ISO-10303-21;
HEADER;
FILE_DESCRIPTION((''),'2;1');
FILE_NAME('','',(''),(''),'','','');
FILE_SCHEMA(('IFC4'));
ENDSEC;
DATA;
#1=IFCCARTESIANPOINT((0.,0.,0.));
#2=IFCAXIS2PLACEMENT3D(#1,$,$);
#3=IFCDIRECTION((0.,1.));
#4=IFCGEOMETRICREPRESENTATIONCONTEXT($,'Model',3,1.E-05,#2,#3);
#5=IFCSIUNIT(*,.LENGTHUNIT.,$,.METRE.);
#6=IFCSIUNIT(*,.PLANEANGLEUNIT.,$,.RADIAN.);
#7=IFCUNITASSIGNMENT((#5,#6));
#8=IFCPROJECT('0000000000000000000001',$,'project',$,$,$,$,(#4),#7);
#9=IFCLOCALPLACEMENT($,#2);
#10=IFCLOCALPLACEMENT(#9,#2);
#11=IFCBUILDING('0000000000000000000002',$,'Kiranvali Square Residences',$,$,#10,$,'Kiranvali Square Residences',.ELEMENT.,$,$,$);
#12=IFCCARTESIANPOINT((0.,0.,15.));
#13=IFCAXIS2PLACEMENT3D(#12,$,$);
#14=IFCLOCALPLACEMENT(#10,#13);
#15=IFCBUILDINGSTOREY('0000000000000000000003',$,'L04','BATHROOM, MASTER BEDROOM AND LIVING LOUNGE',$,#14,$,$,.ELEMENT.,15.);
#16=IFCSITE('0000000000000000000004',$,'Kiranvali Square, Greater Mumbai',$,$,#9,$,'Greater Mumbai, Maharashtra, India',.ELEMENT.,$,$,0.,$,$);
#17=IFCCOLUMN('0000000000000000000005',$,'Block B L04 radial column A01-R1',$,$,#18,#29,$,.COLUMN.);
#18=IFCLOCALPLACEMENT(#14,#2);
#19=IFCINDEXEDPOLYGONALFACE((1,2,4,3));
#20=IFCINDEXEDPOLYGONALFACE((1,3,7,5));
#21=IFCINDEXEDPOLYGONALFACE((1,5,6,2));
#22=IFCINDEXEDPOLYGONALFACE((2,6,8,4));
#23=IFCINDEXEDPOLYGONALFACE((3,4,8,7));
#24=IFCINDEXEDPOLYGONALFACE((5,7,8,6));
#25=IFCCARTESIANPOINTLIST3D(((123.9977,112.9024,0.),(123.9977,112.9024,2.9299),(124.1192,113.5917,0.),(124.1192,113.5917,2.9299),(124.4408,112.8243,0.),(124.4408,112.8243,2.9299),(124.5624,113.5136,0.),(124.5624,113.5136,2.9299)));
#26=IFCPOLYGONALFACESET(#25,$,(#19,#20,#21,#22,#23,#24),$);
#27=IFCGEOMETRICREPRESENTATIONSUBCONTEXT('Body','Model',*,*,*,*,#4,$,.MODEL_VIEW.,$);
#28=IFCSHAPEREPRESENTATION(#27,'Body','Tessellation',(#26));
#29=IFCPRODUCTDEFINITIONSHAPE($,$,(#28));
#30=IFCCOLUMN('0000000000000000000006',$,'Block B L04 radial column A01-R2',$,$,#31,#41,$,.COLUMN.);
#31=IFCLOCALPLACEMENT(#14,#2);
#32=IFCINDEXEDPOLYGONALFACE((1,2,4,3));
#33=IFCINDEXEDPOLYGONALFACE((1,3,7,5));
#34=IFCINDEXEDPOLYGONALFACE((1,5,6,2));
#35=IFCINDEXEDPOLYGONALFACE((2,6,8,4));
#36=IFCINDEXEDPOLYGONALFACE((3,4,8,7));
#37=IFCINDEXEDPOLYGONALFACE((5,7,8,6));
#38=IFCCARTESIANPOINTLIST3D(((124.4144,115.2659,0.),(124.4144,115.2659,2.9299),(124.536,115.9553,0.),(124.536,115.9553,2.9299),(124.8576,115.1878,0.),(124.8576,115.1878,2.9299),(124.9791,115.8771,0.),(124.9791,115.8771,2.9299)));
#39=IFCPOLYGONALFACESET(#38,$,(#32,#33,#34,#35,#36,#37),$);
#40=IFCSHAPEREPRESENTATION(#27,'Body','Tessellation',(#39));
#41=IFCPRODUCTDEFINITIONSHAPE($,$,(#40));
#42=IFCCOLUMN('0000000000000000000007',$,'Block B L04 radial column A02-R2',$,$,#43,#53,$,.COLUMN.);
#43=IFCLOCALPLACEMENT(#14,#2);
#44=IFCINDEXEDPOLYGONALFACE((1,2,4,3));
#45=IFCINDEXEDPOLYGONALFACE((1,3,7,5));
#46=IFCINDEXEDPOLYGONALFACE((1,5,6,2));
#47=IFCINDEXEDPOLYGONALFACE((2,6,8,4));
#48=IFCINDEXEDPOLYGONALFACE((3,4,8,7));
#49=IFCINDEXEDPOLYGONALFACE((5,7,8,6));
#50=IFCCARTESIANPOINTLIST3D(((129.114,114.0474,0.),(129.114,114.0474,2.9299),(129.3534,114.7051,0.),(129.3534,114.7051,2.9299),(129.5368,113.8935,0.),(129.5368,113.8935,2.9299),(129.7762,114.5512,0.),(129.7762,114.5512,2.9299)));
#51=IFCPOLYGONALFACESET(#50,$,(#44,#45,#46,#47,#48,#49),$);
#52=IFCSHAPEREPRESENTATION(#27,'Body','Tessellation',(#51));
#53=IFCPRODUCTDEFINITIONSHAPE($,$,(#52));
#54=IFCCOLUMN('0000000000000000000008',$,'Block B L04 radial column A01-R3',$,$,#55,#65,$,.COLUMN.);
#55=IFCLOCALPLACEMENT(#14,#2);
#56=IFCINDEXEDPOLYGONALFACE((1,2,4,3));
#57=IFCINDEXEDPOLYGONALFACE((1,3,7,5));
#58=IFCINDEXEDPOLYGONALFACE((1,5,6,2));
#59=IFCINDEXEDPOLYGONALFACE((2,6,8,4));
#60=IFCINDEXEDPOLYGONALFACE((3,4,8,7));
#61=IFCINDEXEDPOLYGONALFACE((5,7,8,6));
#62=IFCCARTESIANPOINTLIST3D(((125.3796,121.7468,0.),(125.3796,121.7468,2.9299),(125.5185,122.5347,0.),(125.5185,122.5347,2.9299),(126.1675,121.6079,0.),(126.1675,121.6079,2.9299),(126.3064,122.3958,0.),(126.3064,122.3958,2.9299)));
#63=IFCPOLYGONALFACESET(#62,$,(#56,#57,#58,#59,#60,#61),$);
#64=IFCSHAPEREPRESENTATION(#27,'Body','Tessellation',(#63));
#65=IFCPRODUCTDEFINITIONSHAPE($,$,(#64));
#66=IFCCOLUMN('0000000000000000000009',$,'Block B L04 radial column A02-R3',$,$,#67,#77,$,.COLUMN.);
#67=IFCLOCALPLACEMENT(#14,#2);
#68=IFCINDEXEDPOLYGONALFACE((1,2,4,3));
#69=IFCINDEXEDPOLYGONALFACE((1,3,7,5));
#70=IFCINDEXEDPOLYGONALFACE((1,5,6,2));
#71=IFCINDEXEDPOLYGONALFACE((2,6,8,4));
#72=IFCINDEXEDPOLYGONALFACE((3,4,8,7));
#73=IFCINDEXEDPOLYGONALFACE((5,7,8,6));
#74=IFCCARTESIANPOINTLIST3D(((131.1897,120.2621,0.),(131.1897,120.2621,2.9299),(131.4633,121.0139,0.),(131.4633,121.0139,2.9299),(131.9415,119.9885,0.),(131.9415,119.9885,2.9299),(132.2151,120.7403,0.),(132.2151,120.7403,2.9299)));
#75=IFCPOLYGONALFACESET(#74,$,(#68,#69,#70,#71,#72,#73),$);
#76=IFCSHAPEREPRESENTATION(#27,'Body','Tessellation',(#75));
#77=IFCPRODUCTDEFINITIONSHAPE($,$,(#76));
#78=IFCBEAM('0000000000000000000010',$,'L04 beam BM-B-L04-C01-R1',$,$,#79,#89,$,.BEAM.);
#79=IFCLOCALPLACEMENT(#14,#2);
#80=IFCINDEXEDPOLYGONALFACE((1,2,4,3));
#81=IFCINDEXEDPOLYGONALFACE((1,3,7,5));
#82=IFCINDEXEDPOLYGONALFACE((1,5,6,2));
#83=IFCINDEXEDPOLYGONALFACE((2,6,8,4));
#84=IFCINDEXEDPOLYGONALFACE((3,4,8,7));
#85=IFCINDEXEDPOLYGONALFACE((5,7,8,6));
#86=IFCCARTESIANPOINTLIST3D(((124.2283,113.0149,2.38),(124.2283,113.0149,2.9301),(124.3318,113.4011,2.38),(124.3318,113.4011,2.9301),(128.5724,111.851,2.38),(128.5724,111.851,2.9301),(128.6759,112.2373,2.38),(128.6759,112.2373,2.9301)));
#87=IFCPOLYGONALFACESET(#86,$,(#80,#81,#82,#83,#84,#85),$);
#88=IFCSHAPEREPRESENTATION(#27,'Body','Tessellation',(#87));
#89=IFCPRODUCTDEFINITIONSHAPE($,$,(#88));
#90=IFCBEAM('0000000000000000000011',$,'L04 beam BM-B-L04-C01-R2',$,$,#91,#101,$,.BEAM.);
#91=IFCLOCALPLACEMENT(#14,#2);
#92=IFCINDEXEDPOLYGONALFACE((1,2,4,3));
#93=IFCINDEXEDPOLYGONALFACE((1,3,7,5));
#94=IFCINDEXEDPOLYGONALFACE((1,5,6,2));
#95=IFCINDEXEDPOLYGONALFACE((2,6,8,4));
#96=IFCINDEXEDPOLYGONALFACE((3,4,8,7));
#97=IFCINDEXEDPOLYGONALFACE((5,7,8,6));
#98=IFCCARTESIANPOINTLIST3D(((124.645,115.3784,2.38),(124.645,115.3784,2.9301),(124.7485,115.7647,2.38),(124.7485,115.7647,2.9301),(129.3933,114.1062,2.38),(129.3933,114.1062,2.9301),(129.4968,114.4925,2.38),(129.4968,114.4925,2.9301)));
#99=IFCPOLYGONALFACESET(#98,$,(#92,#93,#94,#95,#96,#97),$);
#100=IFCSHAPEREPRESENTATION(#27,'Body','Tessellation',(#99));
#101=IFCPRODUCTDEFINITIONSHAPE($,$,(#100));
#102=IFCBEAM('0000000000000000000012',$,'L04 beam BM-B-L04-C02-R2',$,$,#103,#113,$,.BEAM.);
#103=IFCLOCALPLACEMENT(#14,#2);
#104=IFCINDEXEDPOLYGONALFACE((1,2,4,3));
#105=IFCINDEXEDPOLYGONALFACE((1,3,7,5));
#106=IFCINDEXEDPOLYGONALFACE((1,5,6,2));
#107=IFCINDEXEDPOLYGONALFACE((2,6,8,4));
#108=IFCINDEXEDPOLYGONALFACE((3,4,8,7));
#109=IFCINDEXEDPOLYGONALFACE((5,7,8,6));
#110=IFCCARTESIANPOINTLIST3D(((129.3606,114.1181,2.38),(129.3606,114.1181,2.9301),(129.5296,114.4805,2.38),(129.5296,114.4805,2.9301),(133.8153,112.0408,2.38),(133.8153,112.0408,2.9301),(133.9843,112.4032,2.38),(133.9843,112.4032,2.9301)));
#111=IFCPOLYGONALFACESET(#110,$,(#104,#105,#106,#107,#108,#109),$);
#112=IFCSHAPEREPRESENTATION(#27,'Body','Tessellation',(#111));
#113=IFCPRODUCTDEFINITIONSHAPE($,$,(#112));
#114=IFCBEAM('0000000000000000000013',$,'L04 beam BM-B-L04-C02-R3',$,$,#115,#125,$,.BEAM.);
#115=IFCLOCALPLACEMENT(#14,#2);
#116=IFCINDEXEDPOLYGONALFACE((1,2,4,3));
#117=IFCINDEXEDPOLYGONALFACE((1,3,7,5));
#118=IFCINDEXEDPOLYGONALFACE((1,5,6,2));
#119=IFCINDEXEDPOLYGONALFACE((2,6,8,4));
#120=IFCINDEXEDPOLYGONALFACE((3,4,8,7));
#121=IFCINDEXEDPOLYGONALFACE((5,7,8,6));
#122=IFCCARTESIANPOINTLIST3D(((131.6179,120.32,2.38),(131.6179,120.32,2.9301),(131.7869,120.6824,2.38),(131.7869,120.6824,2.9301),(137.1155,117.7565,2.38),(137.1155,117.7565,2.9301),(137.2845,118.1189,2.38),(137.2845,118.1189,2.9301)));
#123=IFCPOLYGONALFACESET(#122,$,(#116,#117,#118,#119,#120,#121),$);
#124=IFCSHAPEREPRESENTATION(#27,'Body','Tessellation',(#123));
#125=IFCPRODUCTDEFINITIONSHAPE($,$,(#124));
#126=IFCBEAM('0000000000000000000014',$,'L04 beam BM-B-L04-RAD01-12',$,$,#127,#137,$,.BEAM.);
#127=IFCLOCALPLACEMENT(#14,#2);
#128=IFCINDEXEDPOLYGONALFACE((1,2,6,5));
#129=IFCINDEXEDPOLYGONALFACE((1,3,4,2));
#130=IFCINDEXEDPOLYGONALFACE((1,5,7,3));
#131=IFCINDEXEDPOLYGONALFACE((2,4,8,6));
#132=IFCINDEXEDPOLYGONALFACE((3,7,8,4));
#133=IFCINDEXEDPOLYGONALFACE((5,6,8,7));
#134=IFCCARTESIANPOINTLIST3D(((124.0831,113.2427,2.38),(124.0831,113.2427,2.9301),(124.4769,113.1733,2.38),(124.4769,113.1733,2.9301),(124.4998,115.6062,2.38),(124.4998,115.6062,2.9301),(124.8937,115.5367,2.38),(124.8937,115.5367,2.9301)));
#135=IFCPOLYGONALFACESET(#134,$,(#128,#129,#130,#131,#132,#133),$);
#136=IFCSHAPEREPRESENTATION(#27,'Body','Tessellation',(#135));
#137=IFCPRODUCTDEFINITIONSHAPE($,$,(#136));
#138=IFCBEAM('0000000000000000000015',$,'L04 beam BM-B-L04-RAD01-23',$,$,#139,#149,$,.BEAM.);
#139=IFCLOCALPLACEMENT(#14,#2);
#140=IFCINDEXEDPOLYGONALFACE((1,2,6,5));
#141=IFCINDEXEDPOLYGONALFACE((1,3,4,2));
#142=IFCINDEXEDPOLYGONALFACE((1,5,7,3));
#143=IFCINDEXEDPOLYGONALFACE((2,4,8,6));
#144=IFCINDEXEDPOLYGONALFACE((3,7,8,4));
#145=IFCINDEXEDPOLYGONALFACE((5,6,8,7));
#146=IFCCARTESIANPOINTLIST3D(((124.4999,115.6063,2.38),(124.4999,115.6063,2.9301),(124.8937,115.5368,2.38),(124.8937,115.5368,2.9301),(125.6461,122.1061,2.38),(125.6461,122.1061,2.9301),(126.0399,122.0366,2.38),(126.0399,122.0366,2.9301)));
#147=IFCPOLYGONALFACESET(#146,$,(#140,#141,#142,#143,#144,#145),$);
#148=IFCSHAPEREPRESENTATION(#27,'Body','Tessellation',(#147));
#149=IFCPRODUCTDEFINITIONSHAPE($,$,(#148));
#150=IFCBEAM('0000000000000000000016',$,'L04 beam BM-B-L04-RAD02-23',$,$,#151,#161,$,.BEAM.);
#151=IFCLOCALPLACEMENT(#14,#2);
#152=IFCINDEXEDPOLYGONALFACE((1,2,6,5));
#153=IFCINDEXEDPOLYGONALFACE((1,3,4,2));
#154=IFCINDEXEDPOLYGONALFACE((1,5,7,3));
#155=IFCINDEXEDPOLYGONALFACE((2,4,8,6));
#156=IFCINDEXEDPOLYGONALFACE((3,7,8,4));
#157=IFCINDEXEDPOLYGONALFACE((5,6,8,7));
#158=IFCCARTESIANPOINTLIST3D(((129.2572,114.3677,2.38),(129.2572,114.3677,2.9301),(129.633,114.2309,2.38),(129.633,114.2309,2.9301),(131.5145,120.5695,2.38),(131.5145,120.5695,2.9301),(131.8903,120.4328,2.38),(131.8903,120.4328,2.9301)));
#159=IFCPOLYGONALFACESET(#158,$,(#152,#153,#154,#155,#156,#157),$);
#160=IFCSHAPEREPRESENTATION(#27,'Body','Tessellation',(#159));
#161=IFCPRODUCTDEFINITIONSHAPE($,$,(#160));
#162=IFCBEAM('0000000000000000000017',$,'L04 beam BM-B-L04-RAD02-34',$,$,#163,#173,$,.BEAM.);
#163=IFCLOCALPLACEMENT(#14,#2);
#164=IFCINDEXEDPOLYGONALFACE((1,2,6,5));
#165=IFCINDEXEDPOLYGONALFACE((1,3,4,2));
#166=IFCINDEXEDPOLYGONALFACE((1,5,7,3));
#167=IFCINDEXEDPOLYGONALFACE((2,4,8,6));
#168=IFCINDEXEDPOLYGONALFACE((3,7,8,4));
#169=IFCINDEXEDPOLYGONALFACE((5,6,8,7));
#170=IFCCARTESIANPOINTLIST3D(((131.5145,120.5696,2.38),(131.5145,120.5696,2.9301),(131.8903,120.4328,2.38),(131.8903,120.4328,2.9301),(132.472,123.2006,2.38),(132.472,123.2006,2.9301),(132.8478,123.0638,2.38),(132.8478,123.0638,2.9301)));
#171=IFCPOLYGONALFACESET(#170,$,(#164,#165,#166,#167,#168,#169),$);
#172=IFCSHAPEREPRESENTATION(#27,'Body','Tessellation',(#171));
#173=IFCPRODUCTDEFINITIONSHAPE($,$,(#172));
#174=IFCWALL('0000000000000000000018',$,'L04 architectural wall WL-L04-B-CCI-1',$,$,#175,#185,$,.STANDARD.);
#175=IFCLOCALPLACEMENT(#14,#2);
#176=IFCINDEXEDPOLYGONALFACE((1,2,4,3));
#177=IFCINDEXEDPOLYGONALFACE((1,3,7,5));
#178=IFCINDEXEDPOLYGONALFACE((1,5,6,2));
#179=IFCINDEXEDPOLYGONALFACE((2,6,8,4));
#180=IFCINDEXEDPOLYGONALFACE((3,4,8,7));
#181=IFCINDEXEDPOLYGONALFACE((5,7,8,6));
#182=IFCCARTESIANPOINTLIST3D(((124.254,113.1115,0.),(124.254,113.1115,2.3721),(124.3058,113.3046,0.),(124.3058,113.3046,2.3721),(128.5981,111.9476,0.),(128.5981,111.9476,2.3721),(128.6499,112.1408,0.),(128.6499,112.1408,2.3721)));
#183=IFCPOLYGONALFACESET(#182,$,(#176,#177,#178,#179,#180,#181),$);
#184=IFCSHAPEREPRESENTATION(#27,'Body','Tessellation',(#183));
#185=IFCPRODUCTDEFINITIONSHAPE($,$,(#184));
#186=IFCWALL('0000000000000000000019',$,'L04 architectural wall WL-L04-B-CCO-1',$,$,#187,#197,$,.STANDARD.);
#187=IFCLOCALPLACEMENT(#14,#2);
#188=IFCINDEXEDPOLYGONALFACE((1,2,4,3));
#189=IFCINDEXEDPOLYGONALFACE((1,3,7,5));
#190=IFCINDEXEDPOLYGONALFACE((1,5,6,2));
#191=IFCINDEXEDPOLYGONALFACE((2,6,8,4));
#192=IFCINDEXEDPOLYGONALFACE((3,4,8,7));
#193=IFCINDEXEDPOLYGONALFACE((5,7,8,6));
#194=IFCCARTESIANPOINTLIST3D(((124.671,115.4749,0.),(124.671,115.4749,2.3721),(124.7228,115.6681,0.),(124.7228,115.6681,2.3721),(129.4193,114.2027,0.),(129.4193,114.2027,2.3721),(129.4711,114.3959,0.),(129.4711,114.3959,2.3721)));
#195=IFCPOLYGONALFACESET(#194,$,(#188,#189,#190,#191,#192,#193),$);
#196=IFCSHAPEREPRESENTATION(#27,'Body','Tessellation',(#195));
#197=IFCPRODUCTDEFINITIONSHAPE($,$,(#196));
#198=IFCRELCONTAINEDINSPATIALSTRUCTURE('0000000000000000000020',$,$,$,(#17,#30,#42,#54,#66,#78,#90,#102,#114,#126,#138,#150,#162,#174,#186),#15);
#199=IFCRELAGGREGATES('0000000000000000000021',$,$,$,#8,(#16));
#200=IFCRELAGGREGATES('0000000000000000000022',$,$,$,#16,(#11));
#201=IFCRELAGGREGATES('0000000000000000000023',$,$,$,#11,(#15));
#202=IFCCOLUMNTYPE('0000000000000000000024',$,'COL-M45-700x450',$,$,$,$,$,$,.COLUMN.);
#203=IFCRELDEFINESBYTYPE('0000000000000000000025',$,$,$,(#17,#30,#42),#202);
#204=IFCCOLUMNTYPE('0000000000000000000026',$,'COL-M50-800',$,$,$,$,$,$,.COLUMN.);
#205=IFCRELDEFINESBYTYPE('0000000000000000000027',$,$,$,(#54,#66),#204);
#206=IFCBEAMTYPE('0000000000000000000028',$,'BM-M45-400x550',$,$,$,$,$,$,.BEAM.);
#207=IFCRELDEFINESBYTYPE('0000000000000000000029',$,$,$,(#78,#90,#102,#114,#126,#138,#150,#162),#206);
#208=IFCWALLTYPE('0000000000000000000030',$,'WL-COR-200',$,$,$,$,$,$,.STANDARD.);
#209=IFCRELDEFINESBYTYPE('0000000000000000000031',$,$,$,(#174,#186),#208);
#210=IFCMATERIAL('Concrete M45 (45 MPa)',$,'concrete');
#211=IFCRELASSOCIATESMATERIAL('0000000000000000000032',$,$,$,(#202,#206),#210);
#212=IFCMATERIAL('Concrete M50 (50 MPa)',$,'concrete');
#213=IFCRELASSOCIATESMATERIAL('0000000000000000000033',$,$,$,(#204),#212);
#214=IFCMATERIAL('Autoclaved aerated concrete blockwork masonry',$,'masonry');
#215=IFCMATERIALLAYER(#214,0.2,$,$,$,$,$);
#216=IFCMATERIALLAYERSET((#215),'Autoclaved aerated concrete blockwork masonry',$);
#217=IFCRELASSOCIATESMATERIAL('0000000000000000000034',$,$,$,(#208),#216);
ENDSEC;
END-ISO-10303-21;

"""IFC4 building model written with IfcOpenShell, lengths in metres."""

from ifc_helpers import new_model, si_unit, direction, frame, frame_2d, origin, origin_2d, place, context, subcontext, project, spatial, rectangle, extrude, material, layer, layer_set, material_profile, profile_set, type_object, element, save


model = new_model("IFC4")

# Units and contexts
model_context = context("Model", 3, precision=1e-05, world=origin(), true_north=direction((0.0, 1.0)))
body_context = subcontext(model_context, "Body", "Model", "MODEL_VIEW")
ifc_project = project(units=[si_unit("LENGTHUNIT", "METRE"), si_unit("PLANEANGLEUNIT", "RADIAN")], contexts=[model_context])

# Site, building, storey
site_placement = place(None, origin())
site = spatial("IfcSite", under=ifc_project, at=site_placement, Name="Kiranvali Square, Greater Mumbai", LongName="Greater Mumbai, Maharashtra, India", CompositionType="ELEMENT", RefElevation=0.0)
building_placement = place(site_placement, origin())
building = spatial("IfcBuilding", under=site, at=building_placement, Name="Kiranvali Square Residences", LongName="Kiranvali Square Residences", CompositionType="ELEMENT")
storey_placement = place(building_placement, frame((0.0, 0.0, 15.0)))
storey = spatial("IfcBuildingStorey", under=building, at=storey_placement, Name="L04", Description="BATHROOM, MASTER BEDROOM AND LIVING LOUNGE", CompositionType="ELEMENT", Elevation=15.0)

# Columns
ifc_material_1 = material(Name="Concrete M45 (45 MPa)", Category="concrete")
ifc_material_profile_1 = material_profile(ifc_material_1, rectangle(XDim=0.45, YDim=0.7, at=origin_2d()), Name="RC 700x450")
ifc_profile_set_1 = profile_set([ifc_material_profile_1], Name="Concrete M45 (45 MPa)")
column_type_1 = type_object("IfcColumnType", Name="COL-M45-700x450", PredefinedType="COLUMN", material=ifc_profile_set_1)
for number, where, z_axis, x_axis, name in (
    (1, (124.28, 113.208, 0.0), (0.0, 0.0, 1.0), (-0.984808, 0.173648, 0.0), "Block B L04 radial column A01-R1"),
    (2, (124.6968, 115.5715, 0.0), (0.0, 0.0, 1.0), (-0.984808, 0.173648, 0.0), "Block B L04 radial column A01-R2"),
    (3, (129.4451, 114.2993, 0.0), (0.0, 0.0, 1.0), (-0.939693, 0.34202, 0.0), "Block B L04 radial column A02-R2"),
):
    element("IfcColumn", number, at=place(storey_placement, frame(where, z_axis=z_axis, x_axis=x_axis)), inside=storey, type_object=column_type_1, Name=name, PredefinedType="COLUMN", context=body_context, shape_type="SweptSolid", body=[
        extrude(rectangle(XDim=0.45, YDim=0.7, at=origin_2d()), origin(), (0.0, 0.0, 1.0), 2.9299),
    ])
ifc_material_2 = material(Name="Concrete M50 (50 MPa)", Category="concrete")
ifc_material_profile_2 = material_profile(ifc_material_2, rectangle(XDim=0.8, YDim=0.8, at=origin_2d()), Name="RC 800x800")
ifc_profile_set_2 = profile_set([ifc_material_profile_2], Name="Concrete M50 (50 MPa)")
column_type_2 = type_object("IfcColumnType", Name="COL-M50-800", PredefinedType="COLUMN", material=ifc_profile_set_2)
for number, where, z_axis, x_axis, name in (
    (4, (125.843, 122.0713, 0.0), (0.0, 0.0, 1.0), (-0.984808, 0.173648, 0.0), "Block B L04 radial column A01-R3"),
    (5, (131.7024, 120.5012, 0.0), (0.0, 0.0, 1.0), (-0.939693, 0.34202, 0.0), "Block B L04 radial column A02-R3"),
):
    element("IfcColumn", number, at=place(storey_placement, frame(where, z_axis=z_axis, x_axis=x_axis)), inside=storey, type_object=column_type_2, Name=name, PredefinedType="COLUMN", context=body_context, shape_type="SweptSolid", body=[
        extrude(rectangle(XDim=0.8, YDim=0.8, at=origin_2d()), origin(), (0.0, 0.0, 1.0), 2.9299),
    ])

# Beams
ifc_material_profile_3 = material_profile(ifc_material_1, rectangle(XDim=0.3999, YDim=0.55, at=origin_2d()), Name="RC 400x550")
ifc_profile_set_3 = profile_set([ifc_material_profile_3], Name="Concrete M45 (45 MPa)")
beam_type = type_object("IfcBeamType", Name="BM-M45-400x550", PredefinedType="BEAM", material=ifc_profile_set_3)
beam_1_placement = place(storey_placement, frame((124.28, 113.208, 2.655), z_axis=(0.965934, -0.258788, 0.0), x_axis=(0.258788, 0.965934, 0.0)))
element("IfcBeam", 6, at=beam_1_placement, inside=storey, type_object=beam_type, Name="L04 beam BM-B-L04-C01-R1", PredefinedType="BEAM", context=body_context, shape_type="SweptSolid", body=[
    extrude(rectangle(XDim=0.3999, YDim=0.55, at=origin_2d()), origin(), (0.0, 0.0, 1.0), 4.4973),
])
beam_2_placement = place(storey_placement, frame((124.6968, 115.5715, 2.655), z_axis=(0.96593, -0.258803, 0.0), x_axis=(0.258803, 0.96593, 0.0)))
element("IfcBeam", 7, at=beam_2_placement, inside=storey, type_object=beam_type, Name="L04 beam BM-B-L04-C01-R2", PredefinedType="BEAM", context=body_context, shape_type="SweptSolid", body=[
    extrude(rectangle(XDim=0.3999, YDim=0.55, at=origin_2d()), origin(), (0.0, 0.0, 1.0), 4.9158),
])
beam_3_placement = place(storey_placement, frame((129.4451, 114.2993, 2.655), z_axis=(0.906302, -0.42263, 0.0), x_axis=(0.42263, 0.906302, 0.0)))
element("IfcBeam", 8, at=beam_3_placement, inside=storey, type_object=beam_type, Name="L04 beam BM-B-L04-C02-R2", PredefinedType="BEAM", context=body_context, shape_type="SweptSolid", body=[
    extrude(rectangle(XDim=0.3999, YDim=0.55, at=origin_2d()), origin(), (0.0, 0.0, 1.0), 4.9153),
])
beam_4_placement = place(storey_placement, frame((131.7024, 120.5012, 2.655), z_axis=(0.906313, -0.422608, 0.0), x_axis=(0.422608, 0.906313, 0.0)))
element("IfcBeam", 9, at=beam_4_placement, inside=storey, type_object=beam_type, Name="L04 beam BM-B-L04-C02-R3", PredefinedType="BEAM", context=body_context, shape_type="SweptSolid", body=[
    extrude(rectangle(XDim=0.3999, YDim=0.55, at=origin_2d()), origin(), (0.0, 0.0, 1.0), 6.0659),
])
beam_5_placement = place(storey_placement, frame((124.28, 113.208, 2.655), z_axis=(0.173646, 0.984808, 0.0), x_axis=(-0.984808, 0.173646, 0.0)))
element("IfcBeam", 10, at=beam_5_placement, inside=storey, type_object=beam_type, Name="L04 beam BM-B-L04-RAD01-12", PredefinedType="BEAM", context=body_context, shape_type="SweptSolid", body=[
    extrude(rectangle(XDim=0.3999, YDim=0.55, at=origin_2d()), origin(), (0.0, 0.0, 1.0), 2.3999),
])
beam_6_placement = place(storey_placement, frame((124.6968, 115.5715, 2.655), z_axis=(0.173671, 0.984804, 0.0), x_axis=(-0.984804, 0.173671, 0.0)))
element("IfcBeam", 11, at=beam_6_placement, inside=storey, type_object=beam_type, Name="L04 beam BM-B-L04-RAD01-23", PredefinedType="BEAM", context=body_context, shape_type="SweptSolid", body=[
    extrude(rectangle(XDim=0.3999, YDim=0.55, at=origin_2d()), origin(), (0.0, 0.0, 1.0), 6.6001),
])
beam_7_placement = place(storey_placement, frame((129.4451, 114.2993, 2.655), z_axis=(0.342022, 0.939692, 0.0), x_axis=(-0.939692, 0.342022, 0.0)))
element("IfcBeam", 12, at=beam_7_placement, inside=storey, type_object=beam_type, Name="L04 beam BM-B-L04-RAD02-23", PredefinedType="BEAM", context=body_context, shape_type="SweptSolid", body=[
    extrude(rectangle(XDim=0.3999, YDim=0.55, at=origin_2d()), origin(), (0.0, 0.0, 1.0), 6.5999),
])
beam_8_placement = place(storey_placement, frame((131.7024, 120.5012, 2.655), z_axis=(0.341981, 0.939707, 0.0), x_axis=(-0.939707, 0.341981, 0.0)))
element("IfcBeam", 13, at=beam_8_placement, inside=storey, type_object=beam_type, Name="L04 beam BM-B-L04-RAD02-34", PredefinedType="BEAM", context=body_context, shape_type="SweptSolid", body=[
    extrude(rectangle(XDim=0.3999, YDim=0.55, at=origin_2d()), origin(), (0.0, 0.0, 1.0), 2.7998),
])

# Walls
ifc_material_3 = material(Name="Autoclaved aerated concrete blockwork masonry", Category="masonry")
ifc_layer_1 = layer(ifc_material_3, 0.2)
ifc_layer_set_1 = layer_set([ifc_layer_1], Name="Autoclaved aerated concrete blockwork masonry")
wall_type_1 = type_object("IfcWallType", Name="WL-COR-200", PredefinedType="STANDARD", material=ifc_layer_set_1)
wall_1_placement = place(storey_placement, frame((124.28, 113.208, 0.0), z_axis=(0.0, 0.0, 1.0), x_axis=(0.965934, -0.258788, 0.0)))
element("IfcWall", 14, at=wall_1_placement, inside=storey, type_object=wall_type_1, Name="L04 architectural wall WL-L04-B-CCI-1", PredefinedType="STANDARD", context=body_context, shape_type="SweptSolid", body=[
    extrude(rectangle(XDim=4.4973, YDim=0.2, at=frame_2d((2.2485, 0.0))), origin(), (0.0, 0.0, 1.0), 2.3721),
])
wall_2_placement = place(storey_placement, frame((124.6968, 115.5715, 0.0), z_axis=(0.0, 0.0, 1.0), x_axis=(0.96593, -0.258803, 0.0)))
element("IfcWall", 15, at=wall_2_placement, inside=storey, type_object=wall_type_1, Name="L04 architectural wall WL-L04-B-CCO-1", PredefinedType="STANDARD", context=body_context, shape_type="SweptSolid", body=[
    extrude(rectangle(XDim=4.9158, YDim=0.2, at=frame_2d((2.458, 0.0))), origin(), (0.0, 0.0, 1.0), 2.3721),
])

save(model, "model.ifc")
